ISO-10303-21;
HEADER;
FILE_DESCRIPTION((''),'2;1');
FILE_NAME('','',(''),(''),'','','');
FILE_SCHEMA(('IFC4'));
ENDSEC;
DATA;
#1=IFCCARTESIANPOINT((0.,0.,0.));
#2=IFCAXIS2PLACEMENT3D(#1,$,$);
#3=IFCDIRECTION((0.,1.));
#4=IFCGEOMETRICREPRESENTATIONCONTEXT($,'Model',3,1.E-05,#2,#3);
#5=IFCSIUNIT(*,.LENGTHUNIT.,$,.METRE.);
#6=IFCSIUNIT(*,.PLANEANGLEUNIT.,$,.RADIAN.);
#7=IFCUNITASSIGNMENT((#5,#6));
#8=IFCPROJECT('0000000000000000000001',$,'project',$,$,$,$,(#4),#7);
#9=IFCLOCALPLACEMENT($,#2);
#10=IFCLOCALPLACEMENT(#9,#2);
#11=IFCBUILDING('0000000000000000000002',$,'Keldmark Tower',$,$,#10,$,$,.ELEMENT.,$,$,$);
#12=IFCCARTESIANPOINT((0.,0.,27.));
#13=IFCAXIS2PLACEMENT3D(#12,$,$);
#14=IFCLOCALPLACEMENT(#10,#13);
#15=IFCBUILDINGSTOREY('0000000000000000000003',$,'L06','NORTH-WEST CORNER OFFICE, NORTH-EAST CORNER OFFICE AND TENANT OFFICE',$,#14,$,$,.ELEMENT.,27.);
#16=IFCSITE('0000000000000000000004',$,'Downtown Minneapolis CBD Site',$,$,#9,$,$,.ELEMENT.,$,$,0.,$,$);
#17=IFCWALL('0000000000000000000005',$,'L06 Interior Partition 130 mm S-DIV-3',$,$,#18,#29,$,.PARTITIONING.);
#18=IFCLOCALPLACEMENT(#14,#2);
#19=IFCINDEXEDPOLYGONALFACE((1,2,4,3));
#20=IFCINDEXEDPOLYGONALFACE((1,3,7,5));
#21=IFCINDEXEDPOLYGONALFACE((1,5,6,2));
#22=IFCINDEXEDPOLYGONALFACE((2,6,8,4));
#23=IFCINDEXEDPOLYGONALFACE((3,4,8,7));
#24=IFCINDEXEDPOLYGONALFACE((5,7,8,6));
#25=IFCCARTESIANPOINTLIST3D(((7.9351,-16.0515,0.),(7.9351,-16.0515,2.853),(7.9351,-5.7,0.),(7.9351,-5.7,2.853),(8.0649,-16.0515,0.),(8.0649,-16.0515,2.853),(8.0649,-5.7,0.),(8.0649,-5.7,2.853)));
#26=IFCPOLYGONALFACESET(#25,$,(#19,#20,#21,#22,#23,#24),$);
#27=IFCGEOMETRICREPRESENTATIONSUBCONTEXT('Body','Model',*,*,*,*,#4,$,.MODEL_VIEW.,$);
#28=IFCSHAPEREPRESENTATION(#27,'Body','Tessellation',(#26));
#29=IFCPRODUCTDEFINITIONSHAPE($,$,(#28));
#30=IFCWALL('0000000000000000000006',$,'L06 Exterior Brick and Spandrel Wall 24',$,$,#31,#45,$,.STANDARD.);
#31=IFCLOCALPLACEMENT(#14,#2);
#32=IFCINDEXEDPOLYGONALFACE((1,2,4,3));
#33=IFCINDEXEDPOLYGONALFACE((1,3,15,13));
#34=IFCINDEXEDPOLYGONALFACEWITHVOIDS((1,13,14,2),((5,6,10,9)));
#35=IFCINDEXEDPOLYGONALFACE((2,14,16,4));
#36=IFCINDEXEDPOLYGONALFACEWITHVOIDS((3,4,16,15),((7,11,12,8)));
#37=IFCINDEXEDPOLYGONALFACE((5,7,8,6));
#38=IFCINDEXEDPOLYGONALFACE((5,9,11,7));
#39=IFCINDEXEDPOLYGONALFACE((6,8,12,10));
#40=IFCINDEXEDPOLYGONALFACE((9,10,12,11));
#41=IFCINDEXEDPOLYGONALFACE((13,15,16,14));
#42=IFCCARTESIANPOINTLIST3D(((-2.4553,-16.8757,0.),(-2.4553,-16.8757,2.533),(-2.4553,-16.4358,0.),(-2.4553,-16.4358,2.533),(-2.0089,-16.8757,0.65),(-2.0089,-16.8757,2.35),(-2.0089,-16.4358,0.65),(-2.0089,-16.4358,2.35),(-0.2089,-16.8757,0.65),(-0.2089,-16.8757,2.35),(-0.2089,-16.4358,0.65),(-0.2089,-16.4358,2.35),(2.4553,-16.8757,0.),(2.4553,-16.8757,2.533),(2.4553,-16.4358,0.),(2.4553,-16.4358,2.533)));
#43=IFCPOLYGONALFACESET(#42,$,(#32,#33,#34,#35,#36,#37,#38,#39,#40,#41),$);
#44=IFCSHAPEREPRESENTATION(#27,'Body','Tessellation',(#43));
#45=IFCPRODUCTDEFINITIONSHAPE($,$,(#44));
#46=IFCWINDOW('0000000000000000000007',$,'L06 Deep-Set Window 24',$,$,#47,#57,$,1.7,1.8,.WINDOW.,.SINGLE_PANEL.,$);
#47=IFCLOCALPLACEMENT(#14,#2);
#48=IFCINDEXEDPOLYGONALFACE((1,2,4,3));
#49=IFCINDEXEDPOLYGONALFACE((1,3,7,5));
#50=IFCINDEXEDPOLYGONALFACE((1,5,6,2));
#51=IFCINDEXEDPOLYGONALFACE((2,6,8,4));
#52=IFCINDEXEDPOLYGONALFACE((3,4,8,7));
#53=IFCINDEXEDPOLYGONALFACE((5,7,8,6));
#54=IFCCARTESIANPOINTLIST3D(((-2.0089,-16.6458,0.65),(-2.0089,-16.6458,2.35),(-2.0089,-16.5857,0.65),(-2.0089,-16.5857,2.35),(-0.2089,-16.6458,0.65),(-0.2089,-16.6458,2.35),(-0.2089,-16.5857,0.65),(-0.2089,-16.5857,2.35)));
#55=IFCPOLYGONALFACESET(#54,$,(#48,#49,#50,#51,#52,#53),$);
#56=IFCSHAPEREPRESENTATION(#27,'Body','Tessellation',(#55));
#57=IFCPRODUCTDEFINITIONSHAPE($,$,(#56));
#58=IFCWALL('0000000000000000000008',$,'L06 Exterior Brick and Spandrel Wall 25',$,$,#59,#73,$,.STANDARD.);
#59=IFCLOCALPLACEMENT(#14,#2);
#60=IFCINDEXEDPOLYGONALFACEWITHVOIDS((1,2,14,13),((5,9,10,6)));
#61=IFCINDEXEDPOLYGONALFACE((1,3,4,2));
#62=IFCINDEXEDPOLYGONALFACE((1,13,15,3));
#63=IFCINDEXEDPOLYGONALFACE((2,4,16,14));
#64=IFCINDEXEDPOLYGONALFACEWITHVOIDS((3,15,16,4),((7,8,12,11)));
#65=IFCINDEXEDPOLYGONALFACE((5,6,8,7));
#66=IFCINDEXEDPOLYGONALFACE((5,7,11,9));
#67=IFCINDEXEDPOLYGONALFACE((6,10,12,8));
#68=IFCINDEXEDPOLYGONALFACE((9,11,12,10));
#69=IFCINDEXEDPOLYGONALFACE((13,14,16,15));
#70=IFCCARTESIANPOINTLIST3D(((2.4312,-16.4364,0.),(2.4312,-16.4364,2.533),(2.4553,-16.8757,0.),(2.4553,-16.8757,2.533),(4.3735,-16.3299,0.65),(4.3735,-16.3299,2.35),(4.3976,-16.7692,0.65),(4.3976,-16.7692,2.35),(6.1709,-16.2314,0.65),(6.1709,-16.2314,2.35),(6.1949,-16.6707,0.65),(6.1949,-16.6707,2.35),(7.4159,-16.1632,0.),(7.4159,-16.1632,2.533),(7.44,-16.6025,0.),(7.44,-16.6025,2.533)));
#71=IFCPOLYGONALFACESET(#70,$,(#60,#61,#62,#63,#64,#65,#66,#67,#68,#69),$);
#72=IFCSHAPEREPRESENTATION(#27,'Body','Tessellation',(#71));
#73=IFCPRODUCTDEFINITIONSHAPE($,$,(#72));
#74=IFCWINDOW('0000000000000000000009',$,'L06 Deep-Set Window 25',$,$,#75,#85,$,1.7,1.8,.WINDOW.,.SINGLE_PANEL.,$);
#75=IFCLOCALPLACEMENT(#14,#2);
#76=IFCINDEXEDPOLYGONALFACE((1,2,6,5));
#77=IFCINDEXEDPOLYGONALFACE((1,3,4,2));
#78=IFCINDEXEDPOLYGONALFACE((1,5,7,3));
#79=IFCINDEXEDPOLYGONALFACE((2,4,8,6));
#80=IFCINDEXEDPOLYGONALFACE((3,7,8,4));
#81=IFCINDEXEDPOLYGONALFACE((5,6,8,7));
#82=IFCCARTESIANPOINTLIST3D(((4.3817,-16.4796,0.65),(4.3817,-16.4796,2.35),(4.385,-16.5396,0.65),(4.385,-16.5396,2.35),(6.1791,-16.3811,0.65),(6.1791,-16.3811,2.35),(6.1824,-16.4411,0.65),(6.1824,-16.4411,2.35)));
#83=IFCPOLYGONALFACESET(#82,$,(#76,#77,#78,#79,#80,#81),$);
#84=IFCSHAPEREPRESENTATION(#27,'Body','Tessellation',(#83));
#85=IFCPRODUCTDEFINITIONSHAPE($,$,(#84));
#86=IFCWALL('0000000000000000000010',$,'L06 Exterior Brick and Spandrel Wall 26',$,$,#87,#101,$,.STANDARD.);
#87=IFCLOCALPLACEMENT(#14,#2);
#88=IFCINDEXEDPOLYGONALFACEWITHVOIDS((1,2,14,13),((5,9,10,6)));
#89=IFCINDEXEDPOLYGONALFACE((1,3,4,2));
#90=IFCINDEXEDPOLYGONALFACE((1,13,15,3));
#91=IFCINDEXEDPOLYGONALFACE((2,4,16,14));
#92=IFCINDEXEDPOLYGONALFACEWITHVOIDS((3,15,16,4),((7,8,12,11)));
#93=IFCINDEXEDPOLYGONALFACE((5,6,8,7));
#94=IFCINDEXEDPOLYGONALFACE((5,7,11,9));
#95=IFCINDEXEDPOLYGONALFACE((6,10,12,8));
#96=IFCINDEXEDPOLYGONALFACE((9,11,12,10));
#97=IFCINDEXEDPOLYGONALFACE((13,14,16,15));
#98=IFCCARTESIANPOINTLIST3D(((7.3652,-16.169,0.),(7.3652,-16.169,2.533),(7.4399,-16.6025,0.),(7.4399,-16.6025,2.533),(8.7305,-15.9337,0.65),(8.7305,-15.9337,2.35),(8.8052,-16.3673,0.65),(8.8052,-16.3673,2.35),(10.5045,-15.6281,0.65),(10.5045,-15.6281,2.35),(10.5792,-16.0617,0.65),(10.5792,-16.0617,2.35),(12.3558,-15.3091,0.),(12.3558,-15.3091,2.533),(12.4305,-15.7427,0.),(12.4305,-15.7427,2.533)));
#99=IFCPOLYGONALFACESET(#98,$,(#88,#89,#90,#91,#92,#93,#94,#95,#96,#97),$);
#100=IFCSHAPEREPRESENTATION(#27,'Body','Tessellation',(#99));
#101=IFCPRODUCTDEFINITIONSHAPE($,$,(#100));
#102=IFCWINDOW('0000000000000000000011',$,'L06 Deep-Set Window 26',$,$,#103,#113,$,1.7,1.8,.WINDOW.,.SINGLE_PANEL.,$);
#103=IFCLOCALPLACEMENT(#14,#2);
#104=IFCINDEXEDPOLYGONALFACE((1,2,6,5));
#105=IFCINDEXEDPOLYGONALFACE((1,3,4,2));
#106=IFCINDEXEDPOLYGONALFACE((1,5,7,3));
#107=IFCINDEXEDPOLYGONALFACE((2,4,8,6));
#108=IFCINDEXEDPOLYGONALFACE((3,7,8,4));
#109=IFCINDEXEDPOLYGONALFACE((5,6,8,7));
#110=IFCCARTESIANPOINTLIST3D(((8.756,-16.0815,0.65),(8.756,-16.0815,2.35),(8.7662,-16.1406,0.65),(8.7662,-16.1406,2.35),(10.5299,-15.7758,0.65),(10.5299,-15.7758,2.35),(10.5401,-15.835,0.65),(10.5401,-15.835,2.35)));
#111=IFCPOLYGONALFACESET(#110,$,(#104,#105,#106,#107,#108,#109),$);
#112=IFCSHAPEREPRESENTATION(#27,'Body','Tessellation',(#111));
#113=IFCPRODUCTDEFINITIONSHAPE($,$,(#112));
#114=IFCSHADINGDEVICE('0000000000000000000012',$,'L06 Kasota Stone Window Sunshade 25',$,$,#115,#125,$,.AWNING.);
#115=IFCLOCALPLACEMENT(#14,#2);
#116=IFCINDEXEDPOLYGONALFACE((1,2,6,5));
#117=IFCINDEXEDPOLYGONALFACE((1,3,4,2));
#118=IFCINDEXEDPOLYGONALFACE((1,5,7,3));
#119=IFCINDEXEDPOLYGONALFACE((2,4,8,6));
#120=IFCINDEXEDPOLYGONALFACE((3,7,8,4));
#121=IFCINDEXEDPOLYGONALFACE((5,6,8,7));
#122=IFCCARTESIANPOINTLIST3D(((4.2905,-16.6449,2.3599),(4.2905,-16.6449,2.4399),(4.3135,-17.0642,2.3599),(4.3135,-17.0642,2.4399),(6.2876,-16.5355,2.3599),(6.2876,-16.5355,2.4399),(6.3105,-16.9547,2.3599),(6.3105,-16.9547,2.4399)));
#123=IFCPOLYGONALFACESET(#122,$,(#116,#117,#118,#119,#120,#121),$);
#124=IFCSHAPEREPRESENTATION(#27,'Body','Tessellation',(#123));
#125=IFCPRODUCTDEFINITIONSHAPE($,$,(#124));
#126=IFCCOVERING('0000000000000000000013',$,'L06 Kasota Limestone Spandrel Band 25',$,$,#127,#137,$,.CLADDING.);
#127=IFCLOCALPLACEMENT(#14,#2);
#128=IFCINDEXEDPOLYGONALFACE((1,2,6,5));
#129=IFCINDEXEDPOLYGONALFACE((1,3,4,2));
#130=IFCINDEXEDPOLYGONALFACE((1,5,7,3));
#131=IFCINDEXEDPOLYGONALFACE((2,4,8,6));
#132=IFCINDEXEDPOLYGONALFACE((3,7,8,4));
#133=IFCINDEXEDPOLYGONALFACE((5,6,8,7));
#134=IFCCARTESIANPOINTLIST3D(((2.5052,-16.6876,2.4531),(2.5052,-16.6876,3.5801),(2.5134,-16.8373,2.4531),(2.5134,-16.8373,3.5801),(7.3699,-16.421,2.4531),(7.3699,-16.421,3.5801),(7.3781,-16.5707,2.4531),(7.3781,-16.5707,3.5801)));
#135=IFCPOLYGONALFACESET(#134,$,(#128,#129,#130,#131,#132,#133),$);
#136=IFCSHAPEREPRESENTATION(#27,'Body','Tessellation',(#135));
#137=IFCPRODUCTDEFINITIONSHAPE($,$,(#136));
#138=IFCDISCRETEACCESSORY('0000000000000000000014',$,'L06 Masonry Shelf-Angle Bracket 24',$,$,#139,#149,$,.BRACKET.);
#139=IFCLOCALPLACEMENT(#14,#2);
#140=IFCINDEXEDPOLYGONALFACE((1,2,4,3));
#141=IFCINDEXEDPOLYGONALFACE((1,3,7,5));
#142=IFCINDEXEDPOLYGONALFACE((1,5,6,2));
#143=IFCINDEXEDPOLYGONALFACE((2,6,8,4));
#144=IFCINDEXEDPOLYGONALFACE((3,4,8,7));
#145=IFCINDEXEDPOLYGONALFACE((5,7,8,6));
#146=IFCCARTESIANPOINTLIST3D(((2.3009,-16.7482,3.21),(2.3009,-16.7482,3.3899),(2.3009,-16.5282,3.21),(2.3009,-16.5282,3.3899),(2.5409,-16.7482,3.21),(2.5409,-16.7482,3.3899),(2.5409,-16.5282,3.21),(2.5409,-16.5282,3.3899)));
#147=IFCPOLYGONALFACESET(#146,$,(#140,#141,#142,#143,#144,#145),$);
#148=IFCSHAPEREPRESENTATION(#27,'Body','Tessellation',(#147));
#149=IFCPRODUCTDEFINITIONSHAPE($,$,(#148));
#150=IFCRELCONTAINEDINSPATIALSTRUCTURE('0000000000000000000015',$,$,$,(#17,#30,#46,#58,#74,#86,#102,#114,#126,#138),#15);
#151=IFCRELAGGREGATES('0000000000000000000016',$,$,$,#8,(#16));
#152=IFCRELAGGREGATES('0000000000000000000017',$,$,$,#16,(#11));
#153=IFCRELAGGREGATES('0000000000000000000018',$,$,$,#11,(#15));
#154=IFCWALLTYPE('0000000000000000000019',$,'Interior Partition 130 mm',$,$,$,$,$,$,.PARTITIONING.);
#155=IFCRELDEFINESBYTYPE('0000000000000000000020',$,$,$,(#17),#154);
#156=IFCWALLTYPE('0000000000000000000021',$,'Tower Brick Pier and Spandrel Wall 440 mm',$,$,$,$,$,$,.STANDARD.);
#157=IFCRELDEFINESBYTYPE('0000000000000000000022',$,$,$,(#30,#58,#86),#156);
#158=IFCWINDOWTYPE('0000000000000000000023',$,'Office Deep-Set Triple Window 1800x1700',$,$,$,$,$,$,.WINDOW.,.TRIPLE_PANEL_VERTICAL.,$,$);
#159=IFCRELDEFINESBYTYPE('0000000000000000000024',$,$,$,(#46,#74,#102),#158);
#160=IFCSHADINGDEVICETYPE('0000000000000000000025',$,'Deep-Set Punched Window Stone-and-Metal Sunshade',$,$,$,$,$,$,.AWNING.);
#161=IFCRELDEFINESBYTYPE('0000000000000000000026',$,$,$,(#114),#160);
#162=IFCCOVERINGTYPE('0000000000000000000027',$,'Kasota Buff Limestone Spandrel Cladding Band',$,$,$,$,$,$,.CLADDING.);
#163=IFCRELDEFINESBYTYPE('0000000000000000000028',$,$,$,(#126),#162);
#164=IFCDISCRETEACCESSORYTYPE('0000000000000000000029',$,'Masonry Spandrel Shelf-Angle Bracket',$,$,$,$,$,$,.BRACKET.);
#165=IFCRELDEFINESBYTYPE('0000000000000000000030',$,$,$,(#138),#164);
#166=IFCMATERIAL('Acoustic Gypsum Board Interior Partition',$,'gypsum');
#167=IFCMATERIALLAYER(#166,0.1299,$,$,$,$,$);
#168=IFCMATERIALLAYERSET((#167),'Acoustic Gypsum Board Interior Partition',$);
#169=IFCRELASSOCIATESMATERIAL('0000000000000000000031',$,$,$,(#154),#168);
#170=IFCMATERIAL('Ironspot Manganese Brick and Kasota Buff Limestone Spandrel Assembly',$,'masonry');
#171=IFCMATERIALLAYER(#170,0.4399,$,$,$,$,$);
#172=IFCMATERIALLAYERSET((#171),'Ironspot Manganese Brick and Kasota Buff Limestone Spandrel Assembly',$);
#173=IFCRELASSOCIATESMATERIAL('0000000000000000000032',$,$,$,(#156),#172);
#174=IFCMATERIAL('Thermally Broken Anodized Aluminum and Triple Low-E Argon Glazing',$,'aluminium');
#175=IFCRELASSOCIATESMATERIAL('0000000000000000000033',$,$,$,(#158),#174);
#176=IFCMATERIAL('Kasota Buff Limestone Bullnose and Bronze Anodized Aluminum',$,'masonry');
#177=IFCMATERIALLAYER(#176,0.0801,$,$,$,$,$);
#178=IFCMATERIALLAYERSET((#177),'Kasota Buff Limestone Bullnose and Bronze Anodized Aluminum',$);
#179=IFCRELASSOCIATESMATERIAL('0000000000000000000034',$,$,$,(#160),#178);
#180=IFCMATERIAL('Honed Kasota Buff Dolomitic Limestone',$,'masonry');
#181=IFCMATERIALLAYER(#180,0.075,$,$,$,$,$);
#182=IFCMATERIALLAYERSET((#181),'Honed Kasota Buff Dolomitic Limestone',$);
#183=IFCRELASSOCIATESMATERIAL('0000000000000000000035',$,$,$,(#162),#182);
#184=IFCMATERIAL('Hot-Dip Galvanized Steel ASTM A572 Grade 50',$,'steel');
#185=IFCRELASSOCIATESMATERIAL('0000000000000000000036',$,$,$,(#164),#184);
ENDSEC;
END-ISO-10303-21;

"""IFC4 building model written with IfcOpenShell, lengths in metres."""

from ifc_helpers import new_model, si_unit, direction, frame, frame_2d, origin, origin_2d, place, context, subcontext, project, spatial, rectangle, extrude, material, layer, layer_set, type_object, element, fill, save


model = new_model("IFC4")

# Units and contexts
model_context = context("Model", 3, precision=1e-05, world=origin(), true_north=direction((0.0, 1.0)))
body_context = subcontext(model_context, "Body", "Model", "MODEL_VIEW")
ifc_project = project(units=[si_unit("LENGTHUNIT", "METRE"), si_unit("PLANEANGLEUNIT", "RADIAN")], contexts=[model_context])

# Site, building, storey
site_placement = place(None, origin())
site = spatial("IfcSite", under=ifc_project, at=site_placement, Name="Downtown Minneapolis CBD Site", CompositionType="ELEMENT", RefElevation=0.0)
building_placement = place(site_placement, origin())
building = spatial("IfcBuilding", under=site, at=building_placement, Name="Keldmark Tower", CompositionType="ELEMENT")
storey_placement = place(building_placement, frame((0.0, 0.0, 27.0)))
storey = spatial("IfcBuildingStorey", under=building, at=storey_placement, Name="L06", Description="NORTH-WEST CORNER OFFICE, NORTH-EAST CORNER OFFICE AND TENANT OFFICE", CompositionType="ELEMENT", Elevation=27.0)

# Wall
ifc_material_1 = material(Name="Acoustic Gypsum Board Interior Partition", Category="gypsum")
ifc_layer_1 = layer(ifc_material_1, 0.1299)
ifc_layer_set_1 = layer_set([ifc_layer_1], Name="Acoustic Gypsum Board Interior Partition")
wall_type_1 = type_object("IfcWallType", Name="Interior Partition 130 mm", PredefinedType="PARTITIONING", material=ifc_layer_set_1)
wall_1_placement = place(storey_placement, frame((8.0, -16.0515, 0.0), z_axis=(0.0, 0.0, 1.0), x_axis=(0.0, 1.0, 0.0)))
element("IfcWall", 1, at=wall_1_placement, inside=storey, type_object=wall_type_1, Name="L06 Interior Partition 130 mm S-DIV-3", PredefinedType="PARTITIONING", context=body_context, shape_type="SweptSolid", body=[
    extrude(rectangle(XDim=10.3516, YDim=0.1299, at=frame_2d((5.1758, 0.0))), origin(), (0.0, 0.0, 1.0), 2.853),
])

# Walls, openings, windows
ifc_material_2 = material(Name="Ironspot Manganese Brick and Kasota Buff Limestone Spandrel Assembly", Category="masonry")
ifc_layer_2 = layer(ifc_material_2, 0.4399)
ifc_layer_set_2 = layer_set([ifc_layer_2], Name="Ironspot Manganese Brick and Kasota Buff Limestone Spandrel Assembly")
wall_type_2 = type_object("IfcWallType", Name="Tower Brick Pier and Spandrel Wall 440 mm", PredefinedType="STANDARD", material=ifc_layer_set_2)
wall_2_placement = place(storey_placement, frame((2.4553, -16.6558, 0.0), z_axis=(0.0, 0.0, 1.0), x_axis=(-1.0, 0.0, 0.0)))
wall_2 = element("IfcWall", 2, at=wall_2_placement, inside=storey, type_object=wall_type_2, Name="L06 Exterior Brick and Spandrel Wall 24", PredefinedType="STANDARD", context=body_context, shape_type="SweptSolid", body=[
    extrude(rectangle(XDim=4.9106, YDim=0.4399, at=frame_2d((2.4553, 0.0))), origin(), (0.0, 0.0, 1.0), 2.533),
])
opening_1_placement = place(wall_2_placement, frame((2.6643, 0.0, 0.6499)))
opening_1 = element("IfcOpeningElement", 3, at=opening_1_placement, cuts=wall_2, PredefinedType="OPENING", context=body_context, shape_type="SweptSolid", body=[
    extrude(rectangle(XDim=1.8, YDim=1.7, at=frame_2d((0.8999, 0.8501))), frame((0.0, 0.23, 0.0), z_axis=(0.0, -1.0, 0.0), x_axis=(1.0, 0.0, 0.0)), (0.0, 0.0, 1.0), 0.46),
])
ifc_material_3 = material(Name="Thermally Broken Anodized Aluminum and Triple Low-E Argon Glazing", Category="aluminium")
window_type = type_object("IfcWindowType", Name="Office Deep-Set Triple Window 1800x1700", PartitioningType="TRIPLE_PANEL_VERTICAL", PredefinedType="WINDOW", material=ifc_material_3)
window_1_placement = place(opening_1_placement, origin())
window_1 = element("IfcWindow", 4, at=window_1_placement, inside=storey, type_object=window_type, Name="L06 Deep-Set Window 24", OverallHeight=1.7, OverallWidth=1.8, PartitioningType="SINGLE_PANEL", PredefinedType="WINDOW", context=body_context, shape_type="SweptSolid", body=[
    extrude(rectangle(XDim=1.8, YDim=1.7, at=frame_2d((0.8999, 0.8501))), frame((0.0, -0.01, 0.0), z_axis=(0.0, -1.0, 0.0), x_axis=(1.0, 0.0, 0.0)), (0.0, 0.0, 1.0), 0.0601),
])
fill(opening_1, window_1)
wall_3_placement = place(storey_placement, frame((7.428, -16.3828, 0.0), z_axis=(0.0, 0.0, 1.0), x_axis=(-0.998501, -0.054725, 0.0)))
wall_3 = element("IfcWall", 5, at=wall_3_placement, inside=storey, type_object=wall_type_2, Name="L06 Exterior Brick and Spandrel Wall 25", PredefinedType="STANDARD", context=body_context, shape_type="SweptSolid", body=[
    extrude(rectangle(XDim=4.9922, YDim=0.4399, at=frame_2d((2.4961, 0.0))), origin(), (0.0, 0.0, 1.0), 2.533),
])
opening_2_placement = place(wall_3_placement, frame((1.2471, 0.0, 0.6499)))
opening_2 = element("IfcOpeningElement", 6, at=opening_2_placement, cuts=wall_3, PredefinedType="OPENING", context=body_context, shape_type="SweptSolid", body=[
    extrude(rectangle(XDim=1.8, YDim=1.7, at=frame_2d((0.8999, 0.8501))), frame((0.0, 0.23, 0.0), z_axis=(0.0, -1.0, 0.0), x_axis=(1.0, 0.0, 0.0)), (0.0, 0.0, 1.0), 0.46),
])
window_2_placement = place(opening_2_placement, origin())
window_2 = element("IfcWindow", 7, at=window_2_placement, inside=storey, type_object=window_type, Name="L06 Deep-Set Window 25", OverallHeight=1.7, OverallWidth=1.8, PartitioningType="SINGLE_PANEL", PredefinedType="WINDOW", context=body_context, shape_type="SweptSolid", body=[
    extrude(rectangle(XDim=1.8, YDim=1.7, at=frame_2d((0.8999, 0.8501))), frame((0.0, -0.01, 0.0), z_axis=(0.0, -1.0, 0.0), x_axis=(1.0, 0.0, 0.0)), (0.0, 0.0, 1.0), 0.0601),
])
fill(opening_2, window_2)
wall_4_placement = place(storey_placement, frame((12.3933, -15.5259, 0.0), z_axis=(0.0, 0.0, 1.0), x_axis=(-0.98548, -0.169791, 0.0)))
wall_4 = element("IfcWall", 8, at=wall_4_placement, inside=storey, type_object=wall_type_2, Name="L06 Exterior Brick and Spandrel Wall 26", PredefinedType="STANDARD", context=body_context, shape_type="SweptSolid", body=[
    extrude(rectangle(XDim=5.0642, YDim=0.4399, at=frame_2d((2.5322, 0.0))), origin(), (0.0, 0.0, 1.0), 2.533),
])
opening_3_placement = place(wall_4_placement, frame((1.8789, 0.0, 0.6499)))
opening_3 = element("IfcOpeningElement", 9, at=opening_3_placement, cuts=wall_4, PredefinedType="OPENING", context=body_context, shape_type="SweptSolid", body=[
    extrude(rectangle(XDim=1.8, YDim=1.7, at=frame_2d((0.8999, 0.8501))), frame((0.0, 0.23, 0.0), z_axis=(0.0, -1.0, 0.0), x_axis=(1.0, 0.0, 0.0)), (0.0, 0.0, 1.0), 0.46),
])
window_3_placement = place(opening_3_placement, origin())
window_3 = element("IfcWindow", 10, at=window_3_placement, inside=storey, type_object=window_type, Name="L06 Deep-Set Window 26", OverallHeight=1.7, OverallWidth=1.8, PartitioningType="SINGLE_PANEL", PredefinedType="WINDOW", context=body_context, shape_type="SweptSolid", body=[
    extrude(rectangle(XDim=1.8, YDim=1.7, at=frame_2d((0.8999, 0.8501))), frame((0.0, -0.01, 0.0), z_axis=(0.0, -1.0, 0.0), x_axis=(1.0, 0.0, 0.0)), (0.0, 0.0, 1.0), 0.0601),
])
fill(opening_3, window_3)

# Shading device
ifc_material_4 = material(Name="Kasota Buff Limestone Bullnose and Bronze Anodized Aluminum", Category="masonry")
ifc_layer_3 = layer(ifc_material_4, 0.0801)
ifc_layer_set_3 = layer_set([ifc_layer_3], Name="Kasota Buff Limestone Bullnose and Bronze Anodized Aluminum")
shading_device_type = type_object("IfcShadingDeviceType", Name="Deep-Set Punched Window Stone-and-Metal Sunshade", PredefinedType="AWNING", material=ifc_layer_set_3)
shading_device_placement = place(storey_placement, frame((5.3005, -16.7998, 2.3599), z_axis=(0.0, 0.0, 1.0), x_axis=(-0.998502, -0.054706, 0.0)))
element("IfcShadingDevice", 11, at=shading_device_placement, inside=storey, type_object=shading_device_type, Name="L06 Kasota Stone Window Sunshade 25", PredefinedType="AWNING", context=body_context, shape_type="SweptSolid", body=[
    extrude(rectangle(XDim=2.0, YDim=0.4199, at=origin_2d()), origin(), (0.0, 0.0, 1.0), 0.0801),
])

# Covering
ifc_material_5 = material(Name="Honed Kasota Buff Dolomitic Limestone", Category="masonry")
ifc_layer_4 = layer(ifc_material_5, 0.075)
ifc_layer_set_4 = layer_set([ifc_layer_4], Name="Honed Kasota Buff Dolomitic Limestone")
covering_type = type_object("IfcCoveringType", Name="Kasota Buff Limestone Spandrel Cladding Band", PredefinedType="CLADDING", material=ifc_layer_set_4)
covering_placement = place(storey_placement, frame((4.9417, -16.6292, 2.4531), z_axis=(0.0, 0.0, 1.0), x_axis=(0.998502, 0.054706, 0.0)))
element("IfcCovering", 12, at=covering_placement, inside=storey, type_object=covering_type, Name="L06 Kasota Limestone Spandrel Band 25", PredefinedType="CLADDING", context=body_context, shape_type="SweptSolid", body=[
    extrude(rectangle(XDim=4.8721, YDim=0.1499, at=origin_2d()), origin(), (0.0, 0.0, 1.0), 1.127),
])

# Discrete accessory
ifc_material_6 = material(Name="Hot-Dip Galvanized Steel ASTM A572 Grade 50", Category="steel")
discrete_accessory_type = type_object("IfcDiscreteAccessoryType", Name="Masonry Spandrel Shelf-Angle Bracket", PredefinedType="BRACKET", material=ifc_material_6)
discrete_accessory_placement = place(storey_placement, frame((2.4209, -16.6382, 3.21), z_axis=(0.0, 0.0, 1.0), x_axis=(1.0, 0.0, 0.0)))
element("IfcDiscreteAccessory", 13, at=discrete_accessory_placement, inside=storey, type_object=discrete_accessory_type, Name="L06 Masonry Shelf-Angle Bracket 24", PredefinedType="BRACKET", context=body_context, shape_type="SweptSolid", body=[
    extrude(rectangle(XDim=0.24, YDim=0.22, at=origin_2d()), origin(), (0.0, 0.0, 1.0), 0.1799),
])

save(model, "model.ifc")
